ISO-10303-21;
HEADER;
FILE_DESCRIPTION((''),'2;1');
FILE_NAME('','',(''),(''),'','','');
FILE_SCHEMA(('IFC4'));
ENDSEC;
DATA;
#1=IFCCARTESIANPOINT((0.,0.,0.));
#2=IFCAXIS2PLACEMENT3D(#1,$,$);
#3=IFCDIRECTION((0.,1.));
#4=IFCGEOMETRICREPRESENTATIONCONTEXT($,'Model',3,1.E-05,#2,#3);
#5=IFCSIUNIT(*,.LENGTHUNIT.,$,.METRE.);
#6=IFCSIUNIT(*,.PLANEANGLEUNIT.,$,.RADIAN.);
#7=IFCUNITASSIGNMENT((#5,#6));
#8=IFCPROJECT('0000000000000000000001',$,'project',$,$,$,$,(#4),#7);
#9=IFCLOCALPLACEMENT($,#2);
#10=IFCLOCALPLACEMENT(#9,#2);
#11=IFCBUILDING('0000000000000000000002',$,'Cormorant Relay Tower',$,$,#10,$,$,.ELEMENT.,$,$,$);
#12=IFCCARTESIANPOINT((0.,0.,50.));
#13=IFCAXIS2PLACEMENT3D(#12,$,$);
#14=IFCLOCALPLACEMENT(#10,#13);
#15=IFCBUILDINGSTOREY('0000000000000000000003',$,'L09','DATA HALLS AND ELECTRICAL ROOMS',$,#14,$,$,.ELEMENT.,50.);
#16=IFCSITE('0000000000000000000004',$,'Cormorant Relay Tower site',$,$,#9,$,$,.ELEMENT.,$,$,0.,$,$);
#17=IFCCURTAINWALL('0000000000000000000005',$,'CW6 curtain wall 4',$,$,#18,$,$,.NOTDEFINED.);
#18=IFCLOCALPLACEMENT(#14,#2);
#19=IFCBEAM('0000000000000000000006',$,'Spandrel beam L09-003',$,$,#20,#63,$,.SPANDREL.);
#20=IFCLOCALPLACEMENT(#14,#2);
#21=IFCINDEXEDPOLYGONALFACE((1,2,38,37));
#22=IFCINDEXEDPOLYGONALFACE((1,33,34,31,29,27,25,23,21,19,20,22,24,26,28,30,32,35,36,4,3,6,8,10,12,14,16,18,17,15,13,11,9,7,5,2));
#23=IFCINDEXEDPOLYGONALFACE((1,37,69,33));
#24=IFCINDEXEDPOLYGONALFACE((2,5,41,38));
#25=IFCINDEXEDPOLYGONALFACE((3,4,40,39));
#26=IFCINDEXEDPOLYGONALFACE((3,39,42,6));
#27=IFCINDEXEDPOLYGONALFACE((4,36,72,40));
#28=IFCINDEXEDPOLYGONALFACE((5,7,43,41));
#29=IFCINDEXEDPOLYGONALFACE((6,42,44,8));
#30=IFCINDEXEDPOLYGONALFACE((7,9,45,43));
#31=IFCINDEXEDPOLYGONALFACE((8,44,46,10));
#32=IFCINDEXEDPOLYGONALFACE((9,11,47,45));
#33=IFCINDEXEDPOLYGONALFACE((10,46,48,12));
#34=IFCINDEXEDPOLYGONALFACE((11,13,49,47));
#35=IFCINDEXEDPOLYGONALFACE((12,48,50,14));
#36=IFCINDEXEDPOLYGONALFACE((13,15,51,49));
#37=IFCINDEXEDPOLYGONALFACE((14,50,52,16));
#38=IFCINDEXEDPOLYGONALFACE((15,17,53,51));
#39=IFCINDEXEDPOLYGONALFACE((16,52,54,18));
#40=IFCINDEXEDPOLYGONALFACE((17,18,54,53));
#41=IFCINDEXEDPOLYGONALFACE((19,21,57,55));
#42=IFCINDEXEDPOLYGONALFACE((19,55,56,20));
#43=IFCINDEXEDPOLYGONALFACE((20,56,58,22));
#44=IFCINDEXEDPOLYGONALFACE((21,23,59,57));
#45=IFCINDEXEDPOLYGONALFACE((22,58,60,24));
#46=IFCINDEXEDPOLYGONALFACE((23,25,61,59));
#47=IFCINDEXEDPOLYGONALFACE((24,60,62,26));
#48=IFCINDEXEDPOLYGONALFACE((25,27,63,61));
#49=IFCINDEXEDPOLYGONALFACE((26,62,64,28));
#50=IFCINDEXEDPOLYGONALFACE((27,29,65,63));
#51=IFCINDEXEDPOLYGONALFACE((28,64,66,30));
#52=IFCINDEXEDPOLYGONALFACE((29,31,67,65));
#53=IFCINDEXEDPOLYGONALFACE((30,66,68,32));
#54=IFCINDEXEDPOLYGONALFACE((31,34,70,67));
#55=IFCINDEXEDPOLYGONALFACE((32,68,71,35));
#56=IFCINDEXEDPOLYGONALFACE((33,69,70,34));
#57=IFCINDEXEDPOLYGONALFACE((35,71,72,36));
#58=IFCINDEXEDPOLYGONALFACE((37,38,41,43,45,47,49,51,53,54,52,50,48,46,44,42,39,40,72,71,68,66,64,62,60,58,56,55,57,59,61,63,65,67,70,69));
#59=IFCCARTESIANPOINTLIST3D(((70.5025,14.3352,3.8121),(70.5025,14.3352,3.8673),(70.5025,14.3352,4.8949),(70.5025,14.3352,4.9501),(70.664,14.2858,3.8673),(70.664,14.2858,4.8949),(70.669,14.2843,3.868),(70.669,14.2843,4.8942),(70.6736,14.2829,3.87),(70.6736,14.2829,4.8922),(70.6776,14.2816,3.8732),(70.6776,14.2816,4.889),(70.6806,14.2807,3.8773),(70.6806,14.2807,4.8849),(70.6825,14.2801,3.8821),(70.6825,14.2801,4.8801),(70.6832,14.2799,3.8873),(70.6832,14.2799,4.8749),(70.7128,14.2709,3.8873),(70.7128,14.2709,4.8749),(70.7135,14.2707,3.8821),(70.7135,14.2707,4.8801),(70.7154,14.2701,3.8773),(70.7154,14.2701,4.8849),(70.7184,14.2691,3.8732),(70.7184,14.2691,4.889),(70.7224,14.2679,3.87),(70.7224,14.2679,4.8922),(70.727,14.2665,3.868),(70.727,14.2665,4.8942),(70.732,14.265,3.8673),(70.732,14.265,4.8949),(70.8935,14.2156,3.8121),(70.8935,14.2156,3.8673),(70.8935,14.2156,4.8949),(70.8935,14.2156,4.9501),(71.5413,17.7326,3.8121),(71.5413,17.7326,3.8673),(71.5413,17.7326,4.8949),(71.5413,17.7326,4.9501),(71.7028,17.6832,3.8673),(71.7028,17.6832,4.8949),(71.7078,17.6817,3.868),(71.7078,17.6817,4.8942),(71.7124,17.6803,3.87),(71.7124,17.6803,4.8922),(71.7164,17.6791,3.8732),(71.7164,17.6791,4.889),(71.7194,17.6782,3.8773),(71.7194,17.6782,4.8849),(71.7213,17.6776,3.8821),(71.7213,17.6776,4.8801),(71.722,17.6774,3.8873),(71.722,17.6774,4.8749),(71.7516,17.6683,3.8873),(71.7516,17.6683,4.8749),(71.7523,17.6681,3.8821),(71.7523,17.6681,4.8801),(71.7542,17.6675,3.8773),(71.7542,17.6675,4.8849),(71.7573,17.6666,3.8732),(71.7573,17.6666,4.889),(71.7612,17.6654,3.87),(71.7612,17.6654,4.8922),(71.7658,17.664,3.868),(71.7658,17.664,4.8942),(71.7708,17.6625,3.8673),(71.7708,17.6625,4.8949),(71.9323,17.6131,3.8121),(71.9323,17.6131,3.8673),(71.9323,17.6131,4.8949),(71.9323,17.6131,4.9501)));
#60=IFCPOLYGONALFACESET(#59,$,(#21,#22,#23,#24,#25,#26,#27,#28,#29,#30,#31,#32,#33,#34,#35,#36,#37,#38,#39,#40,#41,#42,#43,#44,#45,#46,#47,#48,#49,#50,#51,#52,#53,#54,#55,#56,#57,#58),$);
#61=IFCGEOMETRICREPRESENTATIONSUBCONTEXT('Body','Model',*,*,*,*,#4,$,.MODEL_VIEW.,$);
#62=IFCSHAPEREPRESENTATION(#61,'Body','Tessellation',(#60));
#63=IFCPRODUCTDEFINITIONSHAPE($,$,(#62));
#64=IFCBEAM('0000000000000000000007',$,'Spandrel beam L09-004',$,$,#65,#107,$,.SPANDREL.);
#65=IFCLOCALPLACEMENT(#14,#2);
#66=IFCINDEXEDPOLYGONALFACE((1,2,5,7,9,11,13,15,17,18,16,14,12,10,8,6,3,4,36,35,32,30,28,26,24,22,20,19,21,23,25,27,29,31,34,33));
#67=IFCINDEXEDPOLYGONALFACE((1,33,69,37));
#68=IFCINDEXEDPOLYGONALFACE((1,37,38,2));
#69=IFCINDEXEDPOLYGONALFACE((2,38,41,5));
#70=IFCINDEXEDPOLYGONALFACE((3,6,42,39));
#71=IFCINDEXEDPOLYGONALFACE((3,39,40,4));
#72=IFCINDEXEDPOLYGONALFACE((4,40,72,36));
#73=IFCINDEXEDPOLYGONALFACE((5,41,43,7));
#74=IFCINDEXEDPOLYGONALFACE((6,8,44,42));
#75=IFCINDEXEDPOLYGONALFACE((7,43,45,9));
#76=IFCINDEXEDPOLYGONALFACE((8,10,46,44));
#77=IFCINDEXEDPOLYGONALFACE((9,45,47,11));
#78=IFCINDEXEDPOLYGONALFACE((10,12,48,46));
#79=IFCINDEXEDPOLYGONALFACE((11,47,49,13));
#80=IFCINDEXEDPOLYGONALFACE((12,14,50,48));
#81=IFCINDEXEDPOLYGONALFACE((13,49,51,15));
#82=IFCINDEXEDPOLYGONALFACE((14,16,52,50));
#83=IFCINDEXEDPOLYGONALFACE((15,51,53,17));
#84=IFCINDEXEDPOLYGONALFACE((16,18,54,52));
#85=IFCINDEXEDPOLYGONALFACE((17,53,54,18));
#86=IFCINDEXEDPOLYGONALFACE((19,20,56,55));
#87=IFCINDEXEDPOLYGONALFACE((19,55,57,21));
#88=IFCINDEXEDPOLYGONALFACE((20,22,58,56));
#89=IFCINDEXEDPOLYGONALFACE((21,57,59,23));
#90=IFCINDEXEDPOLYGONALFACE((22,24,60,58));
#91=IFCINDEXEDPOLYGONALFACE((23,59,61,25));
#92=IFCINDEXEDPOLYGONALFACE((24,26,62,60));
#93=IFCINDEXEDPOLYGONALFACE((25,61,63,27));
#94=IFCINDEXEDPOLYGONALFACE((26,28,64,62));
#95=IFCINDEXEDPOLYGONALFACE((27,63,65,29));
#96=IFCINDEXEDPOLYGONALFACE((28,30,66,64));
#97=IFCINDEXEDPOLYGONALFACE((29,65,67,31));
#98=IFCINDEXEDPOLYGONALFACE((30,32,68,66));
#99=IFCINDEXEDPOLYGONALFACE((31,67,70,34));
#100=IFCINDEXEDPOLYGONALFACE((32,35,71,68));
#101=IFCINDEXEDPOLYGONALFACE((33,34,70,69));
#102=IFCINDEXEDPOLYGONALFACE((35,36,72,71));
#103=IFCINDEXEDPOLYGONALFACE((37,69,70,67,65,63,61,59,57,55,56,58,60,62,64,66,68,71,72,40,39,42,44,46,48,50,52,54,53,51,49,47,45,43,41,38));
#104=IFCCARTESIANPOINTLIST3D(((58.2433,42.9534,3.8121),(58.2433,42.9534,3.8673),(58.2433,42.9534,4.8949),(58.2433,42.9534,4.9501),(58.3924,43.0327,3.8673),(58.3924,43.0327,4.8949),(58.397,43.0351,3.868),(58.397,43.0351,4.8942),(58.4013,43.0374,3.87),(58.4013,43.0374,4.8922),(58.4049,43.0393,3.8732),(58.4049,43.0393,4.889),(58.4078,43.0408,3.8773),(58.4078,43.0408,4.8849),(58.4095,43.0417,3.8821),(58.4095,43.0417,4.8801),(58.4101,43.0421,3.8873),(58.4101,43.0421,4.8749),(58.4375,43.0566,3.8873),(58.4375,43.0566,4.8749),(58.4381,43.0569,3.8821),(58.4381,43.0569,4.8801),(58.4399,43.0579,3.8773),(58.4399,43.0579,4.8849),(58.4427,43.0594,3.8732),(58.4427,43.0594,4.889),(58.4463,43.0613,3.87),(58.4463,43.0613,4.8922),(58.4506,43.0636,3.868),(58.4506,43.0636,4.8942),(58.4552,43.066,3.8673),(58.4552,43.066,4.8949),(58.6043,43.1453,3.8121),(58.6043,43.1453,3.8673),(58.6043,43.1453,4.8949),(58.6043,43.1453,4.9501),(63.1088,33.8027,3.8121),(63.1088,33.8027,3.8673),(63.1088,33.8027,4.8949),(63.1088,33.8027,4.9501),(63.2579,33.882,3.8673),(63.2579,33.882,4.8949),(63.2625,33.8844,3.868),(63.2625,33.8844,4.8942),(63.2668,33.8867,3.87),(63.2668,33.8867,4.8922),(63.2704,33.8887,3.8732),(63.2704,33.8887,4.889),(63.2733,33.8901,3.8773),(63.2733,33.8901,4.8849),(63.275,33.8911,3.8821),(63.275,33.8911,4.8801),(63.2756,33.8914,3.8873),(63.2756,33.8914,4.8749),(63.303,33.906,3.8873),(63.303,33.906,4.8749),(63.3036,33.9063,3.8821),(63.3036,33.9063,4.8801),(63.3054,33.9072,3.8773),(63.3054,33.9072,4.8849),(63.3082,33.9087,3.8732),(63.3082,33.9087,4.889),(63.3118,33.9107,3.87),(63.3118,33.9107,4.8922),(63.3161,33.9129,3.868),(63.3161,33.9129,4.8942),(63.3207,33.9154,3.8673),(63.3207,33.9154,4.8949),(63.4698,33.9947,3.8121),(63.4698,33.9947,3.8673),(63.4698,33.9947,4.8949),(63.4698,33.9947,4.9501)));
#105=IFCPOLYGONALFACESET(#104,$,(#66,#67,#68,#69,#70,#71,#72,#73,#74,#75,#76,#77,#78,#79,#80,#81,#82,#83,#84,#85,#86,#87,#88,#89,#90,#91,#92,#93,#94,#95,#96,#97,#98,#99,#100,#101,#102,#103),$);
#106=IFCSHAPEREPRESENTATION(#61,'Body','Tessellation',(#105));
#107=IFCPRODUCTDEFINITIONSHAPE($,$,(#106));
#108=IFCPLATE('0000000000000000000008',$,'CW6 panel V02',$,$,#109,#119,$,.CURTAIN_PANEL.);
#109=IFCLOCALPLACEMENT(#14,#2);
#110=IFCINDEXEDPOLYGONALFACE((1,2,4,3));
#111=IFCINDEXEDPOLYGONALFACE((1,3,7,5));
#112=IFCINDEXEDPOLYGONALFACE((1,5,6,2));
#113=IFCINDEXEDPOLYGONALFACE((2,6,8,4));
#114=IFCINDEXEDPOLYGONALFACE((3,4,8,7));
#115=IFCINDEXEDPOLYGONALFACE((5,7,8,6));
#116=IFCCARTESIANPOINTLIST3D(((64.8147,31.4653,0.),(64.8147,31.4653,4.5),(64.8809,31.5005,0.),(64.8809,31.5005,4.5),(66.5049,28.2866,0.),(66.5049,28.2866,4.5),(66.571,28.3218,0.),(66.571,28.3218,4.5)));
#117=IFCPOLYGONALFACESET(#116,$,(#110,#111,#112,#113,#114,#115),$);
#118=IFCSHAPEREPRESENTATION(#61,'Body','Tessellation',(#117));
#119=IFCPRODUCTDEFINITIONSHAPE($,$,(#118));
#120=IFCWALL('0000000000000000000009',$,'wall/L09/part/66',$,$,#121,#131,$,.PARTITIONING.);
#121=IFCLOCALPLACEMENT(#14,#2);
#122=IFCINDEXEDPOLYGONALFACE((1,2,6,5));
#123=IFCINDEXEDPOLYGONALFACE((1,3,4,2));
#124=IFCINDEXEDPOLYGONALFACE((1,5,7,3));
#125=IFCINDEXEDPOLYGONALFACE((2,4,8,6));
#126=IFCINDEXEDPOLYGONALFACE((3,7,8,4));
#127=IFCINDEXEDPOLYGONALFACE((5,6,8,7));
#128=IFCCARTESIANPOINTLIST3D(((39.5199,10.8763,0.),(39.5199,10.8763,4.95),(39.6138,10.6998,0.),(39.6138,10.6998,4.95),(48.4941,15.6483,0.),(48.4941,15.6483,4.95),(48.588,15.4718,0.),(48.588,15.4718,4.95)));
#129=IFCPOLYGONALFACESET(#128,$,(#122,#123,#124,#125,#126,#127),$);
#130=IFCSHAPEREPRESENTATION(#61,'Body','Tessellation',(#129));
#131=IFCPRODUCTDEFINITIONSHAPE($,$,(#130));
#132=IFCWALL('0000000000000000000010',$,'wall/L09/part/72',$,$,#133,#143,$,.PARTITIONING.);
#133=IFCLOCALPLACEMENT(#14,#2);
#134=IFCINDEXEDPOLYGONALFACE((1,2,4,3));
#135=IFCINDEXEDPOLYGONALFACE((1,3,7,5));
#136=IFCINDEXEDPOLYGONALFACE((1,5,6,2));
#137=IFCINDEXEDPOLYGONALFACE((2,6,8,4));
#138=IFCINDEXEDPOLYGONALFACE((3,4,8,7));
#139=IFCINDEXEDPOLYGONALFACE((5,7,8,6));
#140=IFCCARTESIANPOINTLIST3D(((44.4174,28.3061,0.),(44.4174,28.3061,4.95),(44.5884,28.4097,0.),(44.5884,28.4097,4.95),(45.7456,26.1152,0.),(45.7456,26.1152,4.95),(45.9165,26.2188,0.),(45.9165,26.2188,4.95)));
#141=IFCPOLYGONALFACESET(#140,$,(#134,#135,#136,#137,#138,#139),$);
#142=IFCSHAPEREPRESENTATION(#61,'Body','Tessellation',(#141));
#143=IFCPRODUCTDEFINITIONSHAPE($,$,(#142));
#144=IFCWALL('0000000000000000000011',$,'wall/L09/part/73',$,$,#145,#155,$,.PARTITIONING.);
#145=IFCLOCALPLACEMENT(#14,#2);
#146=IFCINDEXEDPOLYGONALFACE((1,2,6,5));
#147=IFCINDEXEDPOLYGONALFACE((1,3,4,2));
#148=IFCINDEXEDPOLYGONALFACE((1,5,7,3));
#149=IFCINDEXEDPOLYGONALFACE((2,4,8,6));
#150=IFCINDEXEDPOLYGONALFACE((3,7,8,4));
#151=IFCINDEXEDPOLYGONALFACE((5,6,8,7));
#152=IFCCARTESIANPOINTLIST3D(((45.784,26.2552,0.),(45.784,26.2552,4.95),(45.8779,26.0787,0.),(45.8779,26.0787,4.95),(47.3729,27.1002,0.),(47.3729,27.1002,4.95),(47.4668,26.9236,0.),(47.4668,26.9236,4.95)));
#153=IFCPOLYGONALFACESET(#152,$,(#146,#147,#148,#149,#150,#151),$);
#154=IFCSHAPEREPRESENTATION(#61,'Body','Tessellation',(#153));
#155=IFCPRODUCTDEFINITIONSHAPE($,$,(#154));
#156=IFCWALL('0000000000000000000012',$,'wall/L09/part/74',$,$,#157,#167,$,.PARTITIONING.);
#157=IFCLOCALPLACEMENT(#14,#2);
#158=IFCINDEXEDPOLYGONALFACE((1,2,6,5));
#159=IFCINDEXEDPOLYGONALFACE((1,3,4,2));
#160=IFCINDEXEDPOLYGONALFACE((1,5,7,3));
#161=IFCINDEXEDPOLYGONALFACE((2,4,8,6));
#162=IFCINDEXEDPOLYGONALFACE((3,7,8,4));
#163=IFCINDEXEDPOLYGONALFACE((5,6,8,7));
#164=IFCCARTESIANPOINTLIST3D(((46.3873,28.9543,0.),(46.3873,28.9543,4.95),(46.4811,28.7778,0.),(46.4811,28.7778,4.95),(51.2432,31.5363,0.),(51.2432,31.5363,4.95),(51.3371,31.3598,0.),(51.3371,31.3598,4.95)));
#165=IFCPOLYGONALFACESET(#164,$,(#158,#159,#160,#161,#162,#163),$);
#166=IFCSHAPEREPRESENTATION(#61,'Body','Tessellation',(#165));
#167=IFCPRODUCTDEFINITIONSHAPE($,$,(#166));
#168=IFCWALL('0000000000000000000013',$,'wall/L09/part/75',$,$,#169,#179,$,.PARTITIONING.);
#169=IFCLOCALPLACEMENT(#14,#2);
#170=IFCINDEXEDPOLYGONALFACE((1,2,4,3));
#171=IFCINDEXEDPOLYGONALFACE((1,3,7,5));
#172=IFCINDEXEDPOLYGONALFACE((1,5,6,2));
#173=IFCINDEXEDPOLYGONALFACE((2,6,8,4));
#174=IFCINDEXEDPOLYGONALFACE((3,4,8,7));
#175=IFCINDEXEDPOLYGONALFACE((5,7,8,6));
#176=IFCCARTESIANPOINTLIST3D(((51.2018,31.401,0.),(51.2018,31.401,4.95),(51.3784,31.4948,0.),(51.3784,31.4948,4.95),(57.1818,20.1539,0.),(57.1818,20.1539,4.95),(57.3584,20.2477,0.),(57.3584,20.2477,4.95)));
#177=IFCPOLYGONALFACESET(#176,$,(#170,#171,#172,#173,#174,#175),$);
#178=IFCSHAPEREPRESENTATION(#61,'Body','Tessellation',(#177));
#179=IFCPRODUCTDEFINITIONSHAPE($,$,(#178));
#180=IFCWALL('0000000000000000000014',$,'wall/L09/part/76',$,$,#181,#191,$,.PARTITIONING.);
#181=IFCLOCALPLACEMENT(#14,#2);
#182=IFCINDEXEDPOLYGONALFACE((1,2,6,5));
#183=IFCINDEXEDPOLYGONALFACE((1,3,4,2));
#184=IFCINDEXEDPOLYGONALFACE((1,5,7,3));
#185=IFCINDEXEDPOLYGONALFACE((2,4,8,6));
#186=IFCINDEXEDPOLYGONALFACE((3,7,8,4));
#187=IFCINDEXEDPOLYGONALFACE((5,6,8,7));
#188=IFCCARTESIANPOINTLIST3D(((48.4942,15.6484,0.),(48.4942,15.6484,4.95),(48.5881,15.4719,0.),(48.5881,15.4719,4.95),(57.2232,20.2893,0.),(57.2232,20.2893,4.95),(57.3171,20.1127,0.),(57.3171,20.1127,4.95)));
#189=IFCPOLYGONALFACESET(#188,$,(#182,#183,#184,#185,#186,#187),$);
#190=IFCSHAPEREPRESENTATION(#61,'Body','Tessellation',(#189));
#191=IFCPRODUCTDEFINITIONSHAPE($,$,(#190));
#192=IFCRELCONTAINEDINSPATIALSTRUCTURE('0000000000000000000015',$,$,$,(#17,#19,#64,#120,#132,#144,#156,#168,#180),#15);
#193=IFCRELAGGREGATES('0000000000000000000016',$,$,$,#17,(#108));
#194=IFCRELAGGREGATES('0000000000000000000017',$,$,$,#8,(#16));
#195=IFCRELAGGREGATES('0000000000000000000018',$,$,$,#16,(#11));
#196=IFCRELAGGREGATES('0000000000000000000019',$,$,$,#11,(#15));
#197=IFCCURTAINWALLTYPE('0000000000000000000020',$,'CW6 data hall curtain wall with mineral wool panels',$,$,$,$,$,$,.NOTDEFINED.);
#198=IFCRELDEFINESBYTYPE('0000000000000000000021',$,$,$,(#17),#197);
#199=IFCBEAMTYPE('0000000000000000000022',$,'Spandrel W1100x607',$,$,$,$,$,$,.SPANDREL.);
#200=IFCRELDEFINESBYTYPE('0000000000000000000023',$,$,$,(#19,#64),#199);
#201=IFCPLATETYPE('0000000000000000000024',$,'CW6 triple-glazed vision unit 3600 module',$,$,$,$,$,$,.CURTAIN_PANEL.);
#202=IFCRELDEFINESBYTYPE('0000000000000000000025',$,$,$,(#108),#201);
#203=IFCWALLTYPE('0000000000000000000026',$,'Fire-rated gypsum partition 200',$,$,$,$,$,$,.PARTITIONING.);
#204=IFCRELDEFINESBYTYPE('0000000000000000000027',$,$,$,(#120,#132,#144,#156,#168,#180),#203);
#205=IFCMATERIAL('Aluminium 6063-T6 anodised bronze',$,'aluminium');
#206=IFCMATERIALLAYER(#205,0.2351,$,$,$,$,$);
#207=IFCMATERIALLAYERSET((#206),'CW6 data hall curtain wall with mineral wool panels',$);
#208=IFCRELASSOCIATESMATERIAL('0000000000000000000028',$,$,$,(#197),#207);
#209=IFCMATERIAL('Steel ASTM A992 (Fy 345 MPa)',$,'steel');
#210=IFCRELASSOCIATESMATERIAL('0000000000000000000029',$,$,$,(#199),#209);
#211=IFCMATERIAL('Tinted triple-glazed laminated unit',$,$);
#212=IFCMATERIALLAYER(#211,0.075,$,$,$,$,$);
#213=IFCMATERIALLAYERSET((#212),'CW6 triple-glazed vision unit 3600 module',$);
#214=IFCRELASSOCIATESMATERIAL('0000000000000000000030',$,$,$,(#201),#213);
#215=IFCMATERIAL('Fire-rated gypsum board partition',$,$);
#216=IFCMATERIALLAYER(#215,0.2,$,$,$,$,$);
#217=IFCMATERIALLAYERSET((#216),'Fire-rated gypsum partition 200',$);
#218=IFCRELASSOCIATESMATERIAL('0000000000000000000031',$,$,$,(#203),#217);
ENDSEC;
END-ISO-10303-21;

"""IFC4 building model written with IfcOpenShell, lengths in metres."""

from ifc_helpers import new_model, si_unit, direction, frame, frame_2d, origin, origin_2d, place, context, subcontext, project, spatial, rectangle, i_section, extrude, material, layer, layer_set, material_profile, profile_set, type_object, element, aggregate, save


model = new_model("IFC4")

# Units and contexts
model_context = context("Model", 3, precision=1e-05, world=origin(), true_north=direction((0.0, 1.0)))
body_context = subcontext(model_context, "Body", "Model", "MODEL_VIEW")
ifc_project = project(units=[si_unit("LENGTHUNIT", "METRE"), si_unit("PLANEANGLEUNIT", "RADIAN")], contexts=[model_context])

# Site, building, storey
site_placement = place(None, origin())
site = spatial("IfcSite", under=ifc_project, at=site_placement, Name="Cormorant Relay Tower site", CompositionType="ELEMENT", RefElevation=0.0)
building_placement = place(site_placement, origin())
building = spatial("IfcBuilding", under=site, at=building_placement, Name="Cormorant Relay Tower", CompositionType="ELEMENT")
storey_placement = place(building_placement, frame((0.0, 0.0, 50.0)))
storey = spatial("IfcBuildingStorey", under=building, at=storey_placement, Name="L09", Description="DATA HALLS AND ELECTRICAL ROOMS", CompositionType="ELEMENT", Elevation=50.0)

# Curtain wall
ifc_material_1 = material(Name="Aluminium 6063-T6 anodised bronze", Category="aluminium")
ifc_layer_1 = layer(ifc_material_1, 0.2351)
ifc_layer_set_1 = layer_set([ifc_layer_1], Name="CW6 data hall curtain wall with mineral wool panels")
curtain_wall_type = type_object("IfcCurtainWallType", Name="CW6 data hall curtain wall with mineral wool panels", PredefinedType="NOTDEFINED", material=ifc_layer_set_1)
curtain_wall_1_placement = place(storey_placement, origin())
curtain_wall_1 = element("IfcCurtainWall", 1, at=curtain_wall_1_placement, inside=storey, type_object=curtain_wall_type, Name="CW6 curtain wall 4", PredefinedType="NOTDEFINED")

# Beams
ifc_material_2 = material(Name="Steel ASTM A992 (Fy 345 MPa)", Category="steel")
ifc_material_profile_1 = material_profile(ifc_material_2, i_section(OverallWidth=0.4089, OverallDepth=1.1379, WebThickness=0.031, FlangeThickness=0.0552, FilletRadius=0.02, at=origin_2d()), Name="W1100x607")
ifc_profile_set_1 = profile_set([ifc_material_profile_1], Name="Steel ASTM A992 (Fy 345 MPa)")
beam_type = type_object("IfcBeamType", Name="Spandrel W1100x607", PredefinedType="SPANDREL", material=ifc_profile_set_1)
beam_1_placement = place(storey_placement, frame((70.698, 14.2754, 4.3811), z_axis=(0.2924, 0.956296, 0.0), x_axis=(-0.956296, 0.2924, 0.0)))
element("IfcBeam", 2, at=beam_1_placement, inside=storey, type_object=beam_type, Name="Spandrel beam L09-003", PredefinedType="SPANDREL", context=body_context, shape_type="SweptSolid", body=[
    extrude(i_section(OverallWidth=0.4089, OverallDepth=1.1379, WebThickness=0.031, FlangeThickness=0.0552, FilletRadius=0.02, at=origin_2d()), origin(), (0.0, 0.0, 1.0), 3.5527),
])
beam_2_placement = place(storey_placement, frame((63.2893, 33.8987, 4.3811), z_axis=(-0.469472, 0.882948, 0.0), x_axis=(-0.882948, -0.469472, 0.0)))
element("IfcBeam", 3, at=beam_2_placement, inside=storey, type_object=beam_type, Name="Spandrel beam L09-004", PredefinedType="SPANDREL", context=body_context, shape_type="SweptSolid", body=[
    extrude(i_section(OverallWidth=0.4089, OverallDepth=1.1379, WebThickness=0.031, FlangeThickness=0.0552, FilletRadius=0.02, at=origin_2d()), origin(), (0.0, 0.0, 1.0), 10.3638),
])

# Plate
ifc_material_3 = material(Name="Tinted triple-glazed laminated unit")
ifc_layer_2 = layer(ifc_material_3, 0.075)
ifc_layer_set_2 = layer_set([ifc_layer_2], Name="CW6 triple-glazed vision unit 3600 module")
plate_type = type_object("IfcPlateType", Name="CW6 triple-glazed vision unit 3600 module", PredefinedType="CURTAIN_PANEL", material=ifc_layer_set_2)
plate_placement = place(storey_placement, frame((65.6929, 29.8936, 0.0), z_axis=(0.0, 0.0, 1.0), x_axis=(-0.469472, 0.882948, 0.0)))
plate = element("IfcPlate", 4, at=plate_placement, type_object=plate_type, Name="CW6 panel V02", PredefinedType="CURTAIN_PANEL", context=body_context, shape_type="SweptSolid", body=[
    extrude(rectangle(XDim=3.6001, YDim=0.075, at=origin_2d()), origin(), (0.0, 0.0, 1.0), 4.5),
])

# Walls
ifc_material_4 = material(Name="Fire-rated gypsum board partition")
ifc_layer_3 = layer(ifc_material_4, 0.2)
ifc_layer_set_3 = layer_set([ifc_layer_3], Name="Fire-rated gypsum partition 200")
wall_type_1 = type_object("IfcWallType", Name="Fire-rated gypsum partition 200", PredefinedType="PARTITIONING", material=ifc_layer_set_3)
wall_1_placement = place(storey_placement, frame((48.541, 15.5601, 0.0), z_axis=(0.0, 0.0, 1.0), x_axis=(-0.882933, -0.469498, 0.0)))
element("IfcWall", 5, at=wall_1_placement, inside=storey, type_object=wall_type_1, Name="wall/L09/part/66", PredefinedType="PARTITIONING", context=body_context, shape_type="SweptSolid", body=[
    extrude(rectangle(XDim=10.1641, YDim=0.2, at=frame_2d((5.082, 0.0))), origin(), (0.0, 0.0, 1.0), 4.95),
])
wall_2_placement = place(storey_placement, frame((45.8311, 26.167, 0.0), z_axis=(0.0, 0.0, 1.0), x_axis=(-0.518386, 0.855147, 0.0)))
element("IfcWall", 6, at=wall_2_placement, inside=storey, type_object=wall_type_1, Name="wall/L09/part/72", PredefinedType="PARTITIONING", context=body_context, shape_type="SweptSolid", body=[
    extrude(rectangle(XDim=2.562, YDim=0.2, at=frame_2d((1.281, 0.0))), origin(), (0.0, 0.0, 1.0), 4.95),
])
wall_3_placement = place(storey_placement, frame((47.4199, 27.012, 0.0), z_axis=(0.0, 0.0, 1.0), x_axis=(-0.882912, -0.469539, 0.0)))
element("IfcWall", 7, at=wall_3_placement, inside=storey, type_object=wall_type_1, Name="wall/L09/part/73", PredefinedType="PARTITIONING", context=body_context, shape_type="SweptSolid", body=[
    extrude(rectangle(XDim=1.7996, YDim=0.2, at=frame_2d((0.8999, 0.0))), origin(), (0.0, 0.0, 1.0), 4.95),
])
wall_4_placement = place(storey_placement, frame((46.4341, 28.866, 0.0), z_axis=(0.0, 0.0, 1.0), x_axis=(0.882942, 0.469482, 0.0)))
element("IfcWall", 8, at=wall_4_placement, inside=storey, type_object=wall_type_1, Name="wall/L09/part/74", PredefinedType="PARTITIONING", context=body_context, shape_type="SweptSolid", body=[
    extrude(rectangle(XDim=5.4998, YDim=0.2, at=frame_2d((2.75, 0.0))), origin(), (0.0, 0.0, 1.0), 4.95),
])
wall_5_placement = place(storey_placement, frame((51.29, 31.448, 0.0), z_axis=(0.0, 0.0, 1.0), x_axis=(0.46946, -0.882954, 0.0)))
element("IfcWall", 9, at=wall_5_placement, inside=storey, type_object=wall_type_1, Name="wall/L09/part/75", PredefinedType="PARTITIONING", context=body_context, shape_type="SweptSolid", body=[
    extrude(rectangle(XDim=12.738, YDim=0.2, at=frame_2d((6.3691, 0.0))), origin(), (0.0, 0.0, 1.0), 4.95),
])
wall_6_placement = place(storey_placement, frame((57.27, 20.2009, 0.0), z_axis=(0.0, 0.0, 1.0), x_axis=(-0.882965, -0.469438, 0.0)))
element("IfcWall", 10, at=wall_6_placement, inside=storey, type_object=wall_type_1, Name="wall/L09/part/76", PredefinedType="PARTITIONING", context=body_context, shape_type="SweptSolid", body=[
    extrude(rectangle(XDim=9.886, YDim=0.2, at=frame_2d((4.9429, 0.0))), origin(), (0.0, 0.0, 1.0), 4.95),
])

aggregate(curtain_wall_1, [plate])

save(model, "model.ifc")
